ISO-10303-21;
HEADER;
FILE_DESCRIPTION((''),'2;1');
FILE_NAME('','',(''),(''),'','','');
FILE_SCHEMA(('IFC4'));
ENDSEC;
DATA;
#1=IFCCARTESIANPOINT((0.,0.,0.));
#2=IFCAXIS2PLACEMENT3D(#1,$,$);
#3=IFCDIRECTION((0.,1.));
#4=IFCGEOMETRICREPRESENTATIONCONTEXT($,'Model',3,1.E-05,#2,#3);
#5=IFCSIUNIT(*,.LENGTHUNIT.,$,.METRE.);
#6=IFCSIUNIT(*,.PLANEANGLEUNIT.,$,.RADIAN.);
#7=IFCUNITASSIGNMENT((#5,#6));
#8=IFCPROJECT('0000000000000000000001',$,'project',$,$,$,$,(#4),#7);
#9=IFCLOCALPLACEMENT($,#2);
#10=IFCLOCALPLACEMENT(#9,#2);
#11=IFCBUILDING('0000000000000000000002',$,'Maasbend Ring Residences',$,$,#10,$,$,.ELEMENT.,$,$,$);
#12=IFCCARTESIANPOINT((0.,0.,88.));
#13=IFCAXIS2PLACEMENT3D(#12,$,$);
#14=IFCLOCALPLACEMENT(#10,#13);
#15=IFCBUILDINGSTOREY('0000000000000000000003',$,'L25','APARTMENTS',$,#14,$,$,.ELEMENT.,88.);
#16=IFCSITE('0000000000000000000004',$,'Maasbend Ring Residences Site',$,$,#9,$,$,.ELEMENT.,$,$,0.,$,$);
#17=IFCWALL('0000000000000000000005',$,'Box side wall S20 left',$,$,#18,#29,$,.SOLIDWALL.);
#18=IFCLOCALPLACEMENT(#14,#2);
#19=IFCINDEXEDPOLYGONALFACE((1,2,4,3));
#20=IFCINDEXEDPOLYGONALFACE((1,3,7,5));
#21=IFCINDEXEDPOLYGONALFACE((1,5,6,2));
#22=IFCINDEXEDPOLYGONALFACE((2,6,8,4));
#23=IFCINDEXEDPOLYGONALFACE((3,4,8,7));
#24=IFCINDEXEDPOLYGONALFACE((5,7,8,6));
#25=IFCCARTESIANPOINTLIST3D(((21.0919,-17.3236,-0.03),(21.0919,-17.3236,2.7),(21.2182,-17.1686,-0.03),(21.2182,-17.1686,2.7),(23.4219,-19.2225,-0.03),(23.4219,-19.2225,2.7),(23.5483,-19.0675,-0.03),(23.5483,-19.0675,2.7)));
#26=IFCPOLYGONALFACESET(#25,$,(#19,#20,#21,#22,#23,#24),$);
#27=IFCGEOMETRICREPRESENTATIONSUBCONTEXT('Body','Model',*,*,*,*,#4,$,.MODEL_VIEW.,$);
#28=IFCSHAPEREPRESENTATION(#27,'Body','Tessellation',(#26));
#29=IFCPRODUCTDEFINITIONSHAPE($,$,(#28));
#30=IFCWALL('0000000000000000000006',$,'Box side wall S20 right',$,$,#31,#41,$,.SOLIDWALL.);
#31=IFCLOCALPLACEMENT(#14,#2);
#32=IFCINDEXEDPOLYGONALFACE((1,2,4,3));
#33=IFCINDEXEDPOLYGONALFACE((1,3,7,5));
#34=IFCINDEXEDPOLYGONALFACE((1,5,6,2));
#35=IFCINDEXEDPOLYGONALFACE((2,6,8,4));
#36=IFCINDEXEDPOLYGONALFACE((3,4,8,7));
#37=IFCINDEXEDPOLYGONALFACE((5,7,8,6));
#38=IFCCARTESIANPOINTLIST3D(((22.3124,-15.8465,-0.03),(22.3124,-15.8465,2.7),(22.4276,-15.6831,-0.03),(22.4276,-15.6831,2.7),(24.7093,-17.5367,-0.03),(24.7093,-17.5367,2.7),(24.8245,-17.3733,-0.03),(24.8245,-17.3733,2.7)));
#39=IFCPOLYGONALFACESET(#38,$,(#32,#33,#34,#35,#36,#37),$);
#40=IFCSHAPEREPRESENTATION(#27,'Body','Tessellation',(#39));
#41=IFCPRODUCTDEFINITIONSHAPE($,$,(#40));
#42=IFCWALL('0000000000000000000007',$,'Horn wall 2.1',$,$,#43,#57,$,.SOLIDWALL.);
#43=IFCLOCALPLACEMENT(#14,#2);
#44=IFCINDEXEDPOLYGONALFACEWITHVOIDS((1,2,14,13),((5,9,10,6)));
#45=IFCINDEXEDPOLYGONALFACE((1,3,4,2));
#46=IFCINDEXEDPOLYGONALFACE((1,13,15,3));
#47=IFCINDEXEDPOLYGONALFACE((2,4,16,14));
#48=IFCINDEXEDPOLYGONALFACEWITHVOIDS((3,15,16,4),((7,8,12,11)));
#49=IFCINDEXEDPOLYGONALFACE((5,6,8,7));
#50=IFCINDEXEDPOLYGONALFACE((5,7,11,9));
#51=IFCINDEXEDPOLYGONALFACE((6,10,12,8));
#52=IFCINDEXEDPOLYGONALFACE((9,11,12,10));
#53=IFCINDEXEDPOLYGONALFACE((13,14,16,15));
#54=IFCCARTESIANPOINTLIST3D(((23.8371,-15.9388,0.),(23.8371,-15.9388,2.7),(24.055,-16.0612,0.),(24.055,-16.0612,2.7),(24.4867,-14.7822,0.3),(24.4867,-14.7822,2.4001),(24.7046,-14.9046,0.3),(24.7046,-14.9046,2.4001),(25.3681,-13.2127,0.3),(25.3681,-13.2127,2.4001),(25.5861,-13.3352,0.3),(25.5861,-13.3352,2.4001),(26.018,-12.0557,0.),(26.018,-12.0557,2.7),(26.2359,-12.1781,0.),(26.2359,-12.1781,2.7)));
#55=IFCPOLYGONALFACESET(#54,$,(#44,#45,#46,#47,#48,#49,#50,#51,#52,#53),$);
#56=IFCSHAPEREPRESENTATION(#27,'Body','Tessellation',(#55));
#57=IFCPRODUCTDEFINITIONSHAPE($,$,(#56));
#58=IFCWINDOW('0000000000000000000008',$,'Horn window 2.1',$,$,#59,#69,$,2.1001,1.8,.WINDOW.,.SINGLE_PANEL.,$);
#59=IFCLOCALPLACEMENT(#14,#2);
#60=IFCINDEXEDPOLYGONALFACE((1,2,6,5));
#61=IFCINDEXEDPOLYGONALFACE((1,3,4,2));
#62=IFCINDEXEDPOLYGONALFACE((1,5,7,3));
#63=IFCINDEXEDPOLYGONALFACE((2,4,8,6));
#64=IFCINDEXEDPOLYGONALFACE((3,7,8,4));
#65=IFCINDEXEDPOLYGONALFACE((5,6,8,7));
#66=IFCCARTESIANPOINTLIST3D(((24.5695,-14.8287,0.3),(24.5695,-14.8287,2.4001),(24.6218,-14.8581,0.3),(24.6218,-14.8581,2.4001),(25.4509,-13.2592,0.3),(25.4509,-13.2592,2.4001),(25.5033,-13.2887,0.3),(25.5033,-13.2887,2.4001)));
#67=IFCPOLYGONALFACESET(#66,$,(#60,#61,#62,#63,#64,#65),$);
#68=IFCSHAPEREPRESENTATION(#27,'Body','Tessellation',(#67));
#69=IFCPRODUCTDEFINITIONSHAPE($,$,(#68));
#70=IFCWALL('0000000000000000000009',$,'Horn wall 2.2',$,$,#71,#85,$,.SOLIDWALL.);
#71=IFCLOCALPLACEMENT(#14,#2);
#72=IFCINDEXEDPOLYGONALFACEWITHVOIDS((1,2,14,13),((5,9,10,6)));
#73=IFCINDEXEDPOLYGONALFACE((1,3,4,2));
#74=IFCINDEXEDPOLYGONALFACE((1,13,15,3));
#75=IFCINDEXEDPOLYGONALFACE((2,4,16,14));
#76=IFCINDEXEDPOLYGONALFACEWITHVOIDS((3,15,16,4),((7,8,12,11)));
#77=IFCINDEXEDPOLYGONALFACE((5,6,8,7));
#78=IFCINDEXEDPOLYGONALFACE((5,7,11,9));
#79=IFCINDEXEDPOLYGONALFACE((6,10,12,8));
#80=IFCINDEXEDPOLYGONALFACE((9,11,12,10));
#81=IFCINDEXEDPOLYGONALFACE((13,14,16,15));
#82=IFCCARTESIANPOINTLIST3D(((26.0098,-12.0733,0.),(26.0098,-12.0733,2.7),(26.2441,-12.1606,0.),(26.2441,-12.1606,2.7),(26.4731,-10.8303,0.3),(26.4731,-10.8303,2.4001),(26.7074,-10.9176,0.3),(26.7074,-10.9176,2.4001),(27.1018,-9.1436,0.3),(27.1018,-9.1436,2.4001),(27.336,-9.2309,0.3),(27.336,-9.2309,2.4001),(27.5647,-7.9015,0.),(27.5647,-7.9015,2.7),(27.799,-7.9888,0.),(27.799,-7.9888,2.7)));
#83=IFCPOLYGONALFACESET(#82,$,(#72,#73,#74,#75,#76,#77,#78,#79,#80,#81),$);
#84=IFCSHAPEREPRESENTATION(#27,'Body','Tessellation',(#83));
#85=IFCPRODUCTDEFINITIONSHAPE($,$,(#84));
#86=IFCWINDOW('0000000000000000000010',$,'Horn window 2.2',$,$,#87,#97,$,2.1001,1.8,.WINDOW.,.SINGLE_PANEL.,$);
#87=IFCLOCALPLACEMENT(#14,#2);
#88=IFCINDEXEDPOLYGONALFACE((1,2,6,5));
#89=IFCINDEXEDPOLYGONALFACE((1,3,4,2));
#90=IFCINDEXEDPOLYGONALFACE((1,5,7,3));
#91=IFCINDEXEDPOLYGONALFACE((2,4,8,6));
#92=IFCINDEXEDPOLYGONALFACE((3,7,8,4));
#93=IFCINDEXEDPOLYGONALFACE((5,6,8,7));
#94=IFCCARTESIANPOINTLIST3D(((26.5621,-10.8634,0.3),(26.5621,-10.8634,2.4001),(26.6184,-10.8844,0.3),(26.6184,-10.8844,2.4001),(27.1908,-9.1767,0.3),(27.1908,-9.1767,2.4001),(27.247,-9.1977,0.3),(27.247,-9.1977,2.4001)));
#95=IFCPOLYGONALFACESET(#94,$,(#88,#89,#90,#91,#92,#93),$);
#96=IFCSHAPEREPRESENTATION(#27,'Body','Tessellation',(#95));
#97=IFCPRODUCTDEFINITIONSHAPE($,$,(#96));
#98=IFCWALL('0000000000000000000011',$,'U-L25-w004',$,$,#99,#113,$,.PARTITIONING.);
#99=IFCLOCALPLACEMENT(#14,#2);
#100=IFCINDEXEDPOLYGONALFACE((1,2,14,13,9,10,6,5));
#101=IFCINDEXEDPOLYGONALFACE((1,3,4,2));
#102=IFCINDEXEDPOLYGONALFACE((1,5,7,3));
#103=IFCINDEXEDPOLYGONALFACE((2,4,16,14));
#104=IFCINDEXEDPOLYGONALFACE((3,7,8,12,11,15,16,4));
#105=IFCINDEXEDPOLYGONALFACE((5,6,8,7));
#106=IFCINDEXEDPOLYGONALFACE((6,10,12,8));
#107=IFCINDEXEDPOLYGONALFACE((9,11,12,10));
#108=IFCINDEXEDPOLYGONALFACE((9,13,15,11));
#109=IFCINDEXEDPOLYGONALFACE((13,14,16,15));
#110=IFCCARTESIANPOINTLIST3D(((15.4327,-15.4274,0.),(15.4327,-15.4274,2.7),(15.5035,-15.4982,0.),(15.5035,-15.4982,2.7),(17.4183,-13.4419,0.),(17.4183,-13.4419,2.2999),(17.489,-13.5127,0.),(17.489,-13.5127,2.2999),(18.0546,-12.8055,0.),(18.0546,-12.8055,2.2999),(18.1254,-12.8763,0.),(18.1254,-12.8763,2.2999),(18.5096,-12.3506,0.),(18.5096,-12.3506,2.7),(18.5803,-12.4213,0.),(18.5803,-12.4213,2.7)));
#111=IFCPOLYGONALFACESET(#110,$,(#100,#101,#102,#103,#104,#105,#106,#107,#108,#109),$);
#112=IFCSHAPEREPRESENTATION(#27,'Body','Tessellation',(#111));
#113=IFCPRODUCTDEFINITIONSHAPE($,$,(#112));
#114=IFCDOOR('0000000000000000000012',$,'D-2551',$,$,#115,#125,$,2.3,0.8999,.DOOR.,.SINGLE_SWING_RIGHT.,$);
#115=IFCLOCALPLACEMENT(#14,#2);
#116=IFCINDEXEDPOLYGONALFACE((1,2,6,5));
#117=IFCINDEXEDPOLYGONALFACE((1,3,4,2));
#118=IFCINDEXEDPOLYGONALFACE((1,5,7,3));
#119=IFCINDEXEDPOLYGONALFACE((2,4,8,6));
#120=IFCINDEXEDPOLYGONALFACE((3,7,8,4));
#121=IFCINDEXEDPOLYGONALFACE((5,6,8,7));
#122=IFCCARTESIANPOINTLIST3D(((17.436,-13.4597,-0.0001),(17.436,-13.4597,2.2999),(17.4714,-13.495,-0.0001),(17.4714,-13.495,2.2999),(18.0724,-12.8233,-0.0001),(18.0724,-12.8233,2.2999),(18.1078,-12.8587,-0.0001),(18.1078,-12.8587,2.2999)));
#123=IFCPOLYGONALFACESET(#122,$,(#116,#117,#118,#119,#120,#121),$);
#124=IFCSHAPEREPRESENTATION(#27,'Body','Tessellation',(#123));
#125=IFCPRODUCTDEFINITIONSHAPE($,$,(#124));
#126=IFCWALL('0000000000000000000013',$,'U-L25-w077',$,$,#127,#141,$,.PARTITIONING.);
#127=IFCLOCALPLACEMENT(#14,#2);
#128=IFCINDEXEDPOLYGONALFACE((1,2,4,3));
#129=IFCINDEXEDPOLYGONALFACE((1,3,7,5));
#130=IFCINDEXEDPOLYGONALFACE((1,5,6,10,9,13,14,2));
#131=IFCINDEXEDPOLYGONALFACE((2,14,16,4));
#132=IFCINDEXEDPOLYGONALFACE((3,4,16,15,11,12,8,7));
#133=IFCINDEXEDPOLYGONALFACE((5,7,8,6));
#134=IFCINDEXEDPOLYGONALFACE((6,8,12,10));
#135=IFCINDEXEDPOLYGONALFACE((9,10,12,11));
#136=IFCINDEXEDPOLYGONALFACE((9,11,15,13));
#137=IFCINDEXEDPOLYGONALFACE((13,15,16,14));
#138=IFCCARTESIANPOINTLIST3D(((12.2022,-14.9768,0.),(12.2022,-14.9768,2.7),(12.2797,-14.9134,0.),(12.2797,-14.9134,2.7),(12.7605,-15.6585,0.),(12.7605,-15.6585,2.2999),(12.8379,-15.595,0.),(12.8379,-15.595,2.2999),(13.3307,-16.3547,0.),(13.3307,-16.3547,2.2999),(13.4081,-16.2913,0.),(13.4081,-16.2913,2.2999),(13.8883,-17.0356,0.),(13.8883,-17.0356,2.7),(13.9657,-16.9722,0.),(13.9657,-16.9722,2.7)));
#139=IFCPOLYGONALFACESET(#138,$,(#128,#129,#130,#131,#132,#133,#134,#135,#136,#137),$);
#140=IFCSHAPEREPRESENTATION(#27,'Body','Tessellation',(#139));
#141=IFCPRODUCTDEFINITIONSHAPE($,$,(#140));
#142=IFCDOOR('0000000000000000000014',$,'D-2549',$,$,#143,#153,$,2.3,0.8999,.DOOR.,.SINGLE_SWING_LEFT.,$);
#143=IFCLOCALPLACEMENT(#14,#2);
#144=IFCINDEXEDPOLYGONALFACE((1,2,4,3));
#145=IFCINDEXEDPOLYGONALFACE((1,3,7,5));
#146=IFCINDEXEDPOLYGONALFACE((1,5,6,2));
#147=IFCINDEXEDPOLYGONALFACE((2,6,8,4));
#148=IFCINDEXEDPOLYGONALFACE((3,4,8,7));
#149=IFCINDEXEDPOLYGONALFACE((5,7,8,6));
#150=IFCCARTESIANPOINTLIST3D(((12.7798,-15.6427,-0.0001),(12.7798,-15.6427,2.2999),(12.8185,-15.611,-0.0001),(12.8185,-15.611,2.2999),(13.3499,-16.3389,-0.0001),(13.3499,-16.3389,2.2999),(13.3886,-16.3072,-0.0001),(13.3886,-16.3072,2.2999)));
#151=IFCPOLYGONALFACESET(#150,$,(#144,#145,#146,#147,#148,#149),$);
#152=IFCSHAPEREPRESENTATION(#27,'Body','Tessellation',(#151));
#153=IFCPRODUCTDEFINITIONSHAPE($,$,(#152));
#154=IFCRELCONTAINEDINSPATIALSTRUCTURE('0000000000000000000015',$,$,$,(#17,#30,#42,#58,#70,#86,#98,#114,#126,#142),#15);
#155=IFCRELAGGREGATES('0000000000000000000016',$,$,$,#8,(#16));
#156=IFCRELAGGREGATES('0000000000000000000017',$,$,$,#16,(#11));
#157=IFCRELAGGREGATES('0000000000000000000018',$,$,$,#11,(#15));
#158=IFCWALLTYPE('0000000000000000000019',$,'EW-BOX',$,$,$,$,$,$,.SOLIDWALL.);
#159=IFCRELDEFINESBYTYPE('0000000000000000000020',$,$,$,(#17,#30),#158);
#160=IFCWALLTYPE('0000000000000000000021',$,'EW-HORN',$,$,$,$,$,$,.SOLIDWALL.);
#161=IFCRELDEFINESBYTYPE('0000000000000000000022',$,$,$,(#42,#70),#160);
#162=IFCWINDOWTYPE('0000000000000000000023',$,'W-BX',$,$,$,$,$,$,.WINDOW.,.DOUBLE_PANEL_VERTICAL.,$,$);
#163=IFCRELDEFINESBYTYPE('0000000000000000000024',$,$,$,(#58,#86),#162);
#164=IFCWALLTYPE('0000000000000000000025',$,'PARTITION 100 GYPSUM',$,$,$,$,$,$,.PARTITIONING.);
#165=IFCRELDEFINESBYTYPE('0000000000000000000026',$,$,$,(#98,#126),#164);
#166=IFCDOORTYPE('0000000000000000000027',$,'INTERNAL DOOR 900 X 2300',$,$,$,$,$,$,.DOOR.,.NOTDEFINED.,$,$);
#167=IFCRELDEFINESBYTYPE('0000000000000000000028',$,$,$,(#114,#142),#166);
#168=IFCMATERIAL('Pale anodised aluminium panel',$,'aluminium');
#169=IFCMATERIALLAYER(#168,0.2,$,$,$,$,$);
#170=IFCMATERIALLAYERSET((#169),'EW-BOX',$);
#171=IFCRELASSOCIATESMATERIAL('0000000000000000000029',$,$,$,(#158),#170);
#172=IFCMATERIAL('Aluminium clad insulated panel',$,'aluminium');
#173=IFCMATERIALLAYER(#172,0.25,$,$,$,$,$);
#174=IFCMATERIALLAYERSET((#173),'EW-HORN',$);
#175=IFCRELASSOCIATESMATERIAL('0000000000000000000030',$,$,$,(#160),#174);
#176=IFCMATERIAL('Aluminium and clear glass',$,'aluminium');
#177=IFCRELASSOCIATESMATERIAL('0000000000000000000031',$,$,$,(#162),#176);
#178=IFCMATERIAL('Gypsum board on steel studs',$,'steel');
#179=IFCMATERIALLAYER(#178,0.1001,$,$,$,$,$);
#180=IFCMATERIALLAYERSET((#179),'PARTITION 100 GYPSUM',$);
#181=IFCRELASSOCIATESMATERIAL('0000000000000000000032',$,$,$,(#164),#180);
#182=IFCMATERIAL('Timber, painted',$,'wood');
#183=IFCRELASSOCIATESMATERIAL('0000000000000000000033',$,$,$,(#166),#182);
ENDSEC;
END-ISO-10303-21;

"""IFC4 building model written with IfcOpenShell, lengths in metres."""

from ifc_helpers import new_model, si_unit, direction, frame, frame_2d, origin, place, context, subcontext, project, spatial, rectangle, extrude, material, layer, layer_set, type_object, element, fill, save


model = new_model("IFC4")

# Units and contexts
model_context = context("Model", 3, precision=1e-05, world=origin(), true_north=direction((0.0, 1.0)))
body_context = subcontext(model_context, "Body", "Model", "MODEL_VIEW")
ifc_project = project(units=[si_unit("LENGTHUNIT", "METRE"), si_unit("PLANEANGLEUNIT", "RADIAN")], contexts=[model_context])

# Site, building, storey
site_placement = place(None, origin())
site = spatial("IfcSite", under=ifc_project, at=site_placement, Name="Maasbend Ring Residences Site", CompositionType="ELEMENT", RefElevation=0.0)
building_placement = place(site_placement, origin())
building = spatial("IfcBuilding", under=site, at=building_placement, Name="Maasbend Ring Residences", CompositionType="ELEMENT")
storey_placement = place(building_placement, frame((0.0, 0.0, 88.0)))
storey = spatial("IfcBuildingStorey", under=building, at=storey_placement, Name="L25", Description="APARTMENTS", CompositionType="ELEMENT", Elevation=88.0)

# Walls
ifc_material_1 = material(Name="Pale anodised aluminium panel", Category="aluminium")
ifc_layer_1 = layer(ifc_material_1, 0.2)
ifc_layer_set_1 = layer_set([ifc_layer_1], Name="EW-BOX")
wall_type_1 = type_object("IfcWallType", Name="EW-BOX", PredefinedType="SOLIDWALL", material=ifc_layer_set_1)
wall_1_placement = place(storey_placement, frame((21.155, -17.2461, -0.03), z_axis=(0.0, 0.0, 1.0), x_axis=(0.775179, -0.631742, 0.0)))
element("IfcWall", 1, at=wall_1_placement, inside=storey, type_object=wall_type_1, Name="Box side wall S20 left", PredefinedType="SOLIDWALL", context=body_context, shape_type="SweptSolid", body=[
    extrude(rectangle(XDim=3.0059, YDim=0.2, at=frame_2d((1.5029, 0.0))), origin(), (0.0, 0.0, 1.0), 2.73),
])
wall_2_placement = place(storey_placement, frame((22.3701, -15.7649, -0.03), z_axis=(0.0, 0.0, 1.0), x_axis=(0.817256, -0.576275, 0.0)))
element("IfcWall", 2, at=wall_2_placement, inside=storey, type_object=wall_type_1, Name="Box side wall S20 right", PredefinedType="SOLIDWALL", context=body_context, shape_type="SweptSolid", body=[
    extrude(rectangle(XDim=2.9329, YDim=0.2, at=frame_2d((1.4663, 0.0))), origin(), (0.0, 0.0, 1.0), 2.73),
])

# Walls, openings, windows
ifc_material_2 = material(Name="Aluminium clad insulated panel", Category="aluminium")
ifc_layer_2 = layer(ifc_material_2, 0.25)
ifc_layer_set_2 = layer_set([ifc_layer_2], Name="EW-HORN")
wall_type_2 = type_object("IfcWallType", Name="EW-HORN", PredefinedType="SOLIDWALL", material=ifc_layer_set_2)
wall_3_placement = place(storey_placement, frame((23.946, -16.0, 0.0), z_axis=(0.0, 0.0, 1.0), x_axis=(0.489696, 0.871893, 0.0)))
wall_3 = element("IfcWall", 3, at=wall_3_placement, inside=storey, type_object=wall_type_2, Name="Horn wall 2.1", PredefinedType="SOLIDWALL", context=body_context, shape_type="SweptSolid", body=[
    extrude(rectangle(XDim=4.4536, YDim=0.25, at=frame_2d((2.2268, 0.0))), origin(), (0.0, 0.0, 1.0), 2.7),
])
opening_1_placement = place(wall_3_placement, frame((1.3267, 0.0, 0.3)))
opening_1 = element("IfcOpeningElement", 4, at=opening_1_placement, cuts=wall_3, PredefinedType="OPENING", context=body_context, shape_type="SweptSolid", body=[
    extrude(rectangle(XDim=1.8, YDim=2.1001, at=frame_2d((0.8999, 1.05))), frame((0.0, 0.135, 0.0), z_axis=(0.0, -1.0, 0.0), x_axis=(1.0, 0.0, 0.0)), (0.0, 0.0, 1.0), 0.27),
])
ifc_material_3 = material(Name="Aluminium and clear glass", Category="aluminium")
window_type = type_object("IfcWindowType", Name="W-BX", PartitioningType="DOUBLE_PANEL_VERTICAL", PredefinedType="WINDOW", material=ifc_material_3)
window_1_placement = place(opening_1_placement, origin())
window_1 = element("IfcWindow", 5, at=window_1_placement, inside=storey, type_object=window_type, Name="Horn window 2.1", OverallHeight=2.1001, OverallWidth=1.8, PartitioningType="SINGLE_PANEL", PredefinedType="WINDOW", context=body_context, shape_type="SweptSolid", body=[
    extrude(rectangle(XDim=1.8, YDim=2.1001, at=frame_2d((0.8999, 1.05))), frame((0.0, 0.03, 0.0), z_axis=(0.0, -1.0, 0.0), x_axis=(1.0, 0.0, 0.0)), (0.0, 0.0, 1.0), 0.0601),
])
fill(opening_1, window_1)
wall_4_placement = place(storey_placement, frame((26.127, -12.1169, 0.0), z_axis=(0.0, 0.0, 1.0), x_axis=(0.349248, 0.93703, 0.0)))
wall_4 = element("IfcWall", 6, at=wall_4_placement, inside=storey, type_object=wall_type_2, Name="Horn wall 2.2", PredefinedType="SOLIDWALL", context=body_context, shape_type="SweptSolid", body=[
    extrude(rectangle(XDim=4.4521, YDim=0.25, at=frame_2d((2.2261, 0.0))), origin(), (0.0, 0.0, 1.0), 2.7),
])
opening_2_placement = place(wall_4_placement, frame((1.3267, 0.0, 0.3)))
opening_2 = element("IfcOpeningElement", 7, at=opening_2_placement, cuts=wall_4, PredefinedType="OPENING", context=body_context, shape_type="SweptSolid", body=[
    extrude(rectangle(XDim=1.8, YDim=2.1001, at=frame_2d((0.8999, 1.05))), frame((0.0, 0.135, 0.0), z_axis=(0.0, -1.0, 0.0), x_axis=(1.0, 0.0, 0.0)), (0.0, 0.0, 1.0), 0.27),
])
window_2_placement = place(opening_2_placement, origin())
window_2 = element("IfcWindow", 8, at=window_2_placement, inside=storey, type_object=window_type, Name="Horn window 2.2", OverallHeight=2.1001, OverallWidth=1.8, PartitioningType="SINGLE_PANEL", PredefinedType="WINDOW", context=body_context, shape_type="SweptSolid", body=[
    extrude(rectangle(XDim=1.8, YDim=2.1001, at=frame_2d((0.8999, 1.05))), frame((0.0, 0.03, 0.0), z_axis=(0.0, -1.0, 0.0), x_axis=(1.0, 0.0, 0.0)), (0.0, 0.0, 1.0), 0.0601),
])
fill(opening_2, window_2)

# Walls, openings, doors
ifc_material_4 = material(Name="Gypsum board on steel studs", Category="steel")
ifc_layer_3 = layer(ifc_material_4, 0.1001)
ifc_layer_set_3 = layer_set([ifc_layer_3], Name="PARTITION 100 GYPSUM")
wall_type_3 = type_object("IfcWallType", Name="PARTITION 100 GYPSUM", PredefinedType="PARTITIONING", material=ifc_layer_set_3)
wall_5_placement = place(storey_placement, frame((15.468, -15.4629, 0.0), z_axis=(0.0, 0.0, 1.0), x_axis=(0.707107, 0.707107, 0.0)))
wall_5 = element("IfcWall", 9, at=wall_5_placement, inside=storey, type_object=wall_type_3, Name="U-L25-w004", PredefinedType="PARTITIONING", context=body_context, shape_type="SweptSolid", body=[
    extrude(rectangle(XDim=4.3513, YDim=0.1001, at=frame_2d((2.1758, 0.0))), origin(), (0.0, 0.0, 1.0), 2.7),
])
opening_3_placement = place(wall_5_placement, frame((2.8081, 0.0, 0.0)))
opening_3 = element("IfcOpeningElement", 10, at=opening_3_placement, cuts=wall_5, PredefinedType="OPENING", context=body_context, shape_type="SweptSolid", body=[
    extrude(rectangle(XDim=0.8999, YDim=2.3, at=frame_2d((0.45, 1.1499))), frame((0.0, 0.0601, 0.0), z_axis=(0.0, -1.0, 0.0), x_axis=(1.0, 0.0, 0.0)), (0.0, 0.0, 1.0), 0.1201),
])
ifc_material_5 = material(Name="Timber, painted", Category="wood")
door_type_1 = type_object("IfcDoorType", Name="INTERNAL DOOR 900 X 2300", OperationType="NOTDEFINED", PredefinedType="DOOR", material=ifc_material_5)
door_1_placement = place(opening_3_placement, origin())
door_1 = element("IfcDoor", 11, at=door_1_placement, inside=storey, type_object=door_type_1, Name="D-2551", OperationType="SINGLE_SWING_RIGHT", OverallHeight=2.3, OverallWidth=0.8999, PredefinedType="DOOR", context=body_context, shape_type="SweptSolid", body=[
    extrude(rectangle(XDim=0.8999, YDim=2.3, at=frame_2d((0.45, 1.1499))), frame((0.0, 0.0249, 0.0), z_axis=(0.0, -1.0, 0.0), x_axis=(1.0, 0.0, 0.0)), (0.0, 0.0, 1.0), 0.05),
])
fill(opening_3, door_1)
wall_6_placement = place(storey_placement, frame((12.241, -14.9451, 0.0), z_axis=(0.0, 0.0, 1.0), x_axis=(0.633582, -0.773675, 0.0)))
wall_6 = element("IfcWall", 12, at=wall_6_placement, inside=storey, type_object=wall_type_3, Name="U-L25-w077", PredefinedType="PARTITIONING", context=body_context, shape_type="SweptSolid", body=[
    extrude(rectangle(XDim=2.6611, YDim=0.1001, at=frame_2d((1.3306, 0.0))), origin(), (0.0, 0.0, 1.0), 2.7),
])
opening_4_placement = place(wall_6_placement, frame((0.8811, 0.0, 0.0)))
opening_4 = element("IfcOpeningElement", 13, at=opening_4_placement, cuts=wall_6, PredefinedType="OPENING", context=body_context, shape_type="SweptSolid", body=[
    extrude(rectangle(XDim=0.8999, YDim=2.3, at=frame_2d((0.45, 1.1499))), frame((0.0, 0.0601, 0.0), z_axis=(0.0, -1.0, 0.0), x_axis=(1.0, 0.0, 0.0)), (0.0, 0.0, 1.0), 0.1201),
])
door_2_placement = place(opening_4_placement, origin())
door_2 = element("IfcDoor", 14, at=door_2_placement, inside=storey, type_object=door_type_1, Name="D-2549", OperationType="SINGLE_SWING_LEFT", OverallHeight=2.3, OverallWidth=0.8999, PredefinedType="DOOR", context=body_context, shape_type="SweptSolid", body=[
    extrude(rectangle(XDim=0.8999, YDim=2.3, at=frame_2d((0.45, 1.1499))), frame((0.0, 0.0249, 0.0), z_axis=(0.0, -1.0, 0.0), x_axis=(1.0, 0.0, 0.0)), (0.0, 0.0, 1.0), 0.05),
])
fill(opening_4, door_2)

save(model, "model.ifc")
